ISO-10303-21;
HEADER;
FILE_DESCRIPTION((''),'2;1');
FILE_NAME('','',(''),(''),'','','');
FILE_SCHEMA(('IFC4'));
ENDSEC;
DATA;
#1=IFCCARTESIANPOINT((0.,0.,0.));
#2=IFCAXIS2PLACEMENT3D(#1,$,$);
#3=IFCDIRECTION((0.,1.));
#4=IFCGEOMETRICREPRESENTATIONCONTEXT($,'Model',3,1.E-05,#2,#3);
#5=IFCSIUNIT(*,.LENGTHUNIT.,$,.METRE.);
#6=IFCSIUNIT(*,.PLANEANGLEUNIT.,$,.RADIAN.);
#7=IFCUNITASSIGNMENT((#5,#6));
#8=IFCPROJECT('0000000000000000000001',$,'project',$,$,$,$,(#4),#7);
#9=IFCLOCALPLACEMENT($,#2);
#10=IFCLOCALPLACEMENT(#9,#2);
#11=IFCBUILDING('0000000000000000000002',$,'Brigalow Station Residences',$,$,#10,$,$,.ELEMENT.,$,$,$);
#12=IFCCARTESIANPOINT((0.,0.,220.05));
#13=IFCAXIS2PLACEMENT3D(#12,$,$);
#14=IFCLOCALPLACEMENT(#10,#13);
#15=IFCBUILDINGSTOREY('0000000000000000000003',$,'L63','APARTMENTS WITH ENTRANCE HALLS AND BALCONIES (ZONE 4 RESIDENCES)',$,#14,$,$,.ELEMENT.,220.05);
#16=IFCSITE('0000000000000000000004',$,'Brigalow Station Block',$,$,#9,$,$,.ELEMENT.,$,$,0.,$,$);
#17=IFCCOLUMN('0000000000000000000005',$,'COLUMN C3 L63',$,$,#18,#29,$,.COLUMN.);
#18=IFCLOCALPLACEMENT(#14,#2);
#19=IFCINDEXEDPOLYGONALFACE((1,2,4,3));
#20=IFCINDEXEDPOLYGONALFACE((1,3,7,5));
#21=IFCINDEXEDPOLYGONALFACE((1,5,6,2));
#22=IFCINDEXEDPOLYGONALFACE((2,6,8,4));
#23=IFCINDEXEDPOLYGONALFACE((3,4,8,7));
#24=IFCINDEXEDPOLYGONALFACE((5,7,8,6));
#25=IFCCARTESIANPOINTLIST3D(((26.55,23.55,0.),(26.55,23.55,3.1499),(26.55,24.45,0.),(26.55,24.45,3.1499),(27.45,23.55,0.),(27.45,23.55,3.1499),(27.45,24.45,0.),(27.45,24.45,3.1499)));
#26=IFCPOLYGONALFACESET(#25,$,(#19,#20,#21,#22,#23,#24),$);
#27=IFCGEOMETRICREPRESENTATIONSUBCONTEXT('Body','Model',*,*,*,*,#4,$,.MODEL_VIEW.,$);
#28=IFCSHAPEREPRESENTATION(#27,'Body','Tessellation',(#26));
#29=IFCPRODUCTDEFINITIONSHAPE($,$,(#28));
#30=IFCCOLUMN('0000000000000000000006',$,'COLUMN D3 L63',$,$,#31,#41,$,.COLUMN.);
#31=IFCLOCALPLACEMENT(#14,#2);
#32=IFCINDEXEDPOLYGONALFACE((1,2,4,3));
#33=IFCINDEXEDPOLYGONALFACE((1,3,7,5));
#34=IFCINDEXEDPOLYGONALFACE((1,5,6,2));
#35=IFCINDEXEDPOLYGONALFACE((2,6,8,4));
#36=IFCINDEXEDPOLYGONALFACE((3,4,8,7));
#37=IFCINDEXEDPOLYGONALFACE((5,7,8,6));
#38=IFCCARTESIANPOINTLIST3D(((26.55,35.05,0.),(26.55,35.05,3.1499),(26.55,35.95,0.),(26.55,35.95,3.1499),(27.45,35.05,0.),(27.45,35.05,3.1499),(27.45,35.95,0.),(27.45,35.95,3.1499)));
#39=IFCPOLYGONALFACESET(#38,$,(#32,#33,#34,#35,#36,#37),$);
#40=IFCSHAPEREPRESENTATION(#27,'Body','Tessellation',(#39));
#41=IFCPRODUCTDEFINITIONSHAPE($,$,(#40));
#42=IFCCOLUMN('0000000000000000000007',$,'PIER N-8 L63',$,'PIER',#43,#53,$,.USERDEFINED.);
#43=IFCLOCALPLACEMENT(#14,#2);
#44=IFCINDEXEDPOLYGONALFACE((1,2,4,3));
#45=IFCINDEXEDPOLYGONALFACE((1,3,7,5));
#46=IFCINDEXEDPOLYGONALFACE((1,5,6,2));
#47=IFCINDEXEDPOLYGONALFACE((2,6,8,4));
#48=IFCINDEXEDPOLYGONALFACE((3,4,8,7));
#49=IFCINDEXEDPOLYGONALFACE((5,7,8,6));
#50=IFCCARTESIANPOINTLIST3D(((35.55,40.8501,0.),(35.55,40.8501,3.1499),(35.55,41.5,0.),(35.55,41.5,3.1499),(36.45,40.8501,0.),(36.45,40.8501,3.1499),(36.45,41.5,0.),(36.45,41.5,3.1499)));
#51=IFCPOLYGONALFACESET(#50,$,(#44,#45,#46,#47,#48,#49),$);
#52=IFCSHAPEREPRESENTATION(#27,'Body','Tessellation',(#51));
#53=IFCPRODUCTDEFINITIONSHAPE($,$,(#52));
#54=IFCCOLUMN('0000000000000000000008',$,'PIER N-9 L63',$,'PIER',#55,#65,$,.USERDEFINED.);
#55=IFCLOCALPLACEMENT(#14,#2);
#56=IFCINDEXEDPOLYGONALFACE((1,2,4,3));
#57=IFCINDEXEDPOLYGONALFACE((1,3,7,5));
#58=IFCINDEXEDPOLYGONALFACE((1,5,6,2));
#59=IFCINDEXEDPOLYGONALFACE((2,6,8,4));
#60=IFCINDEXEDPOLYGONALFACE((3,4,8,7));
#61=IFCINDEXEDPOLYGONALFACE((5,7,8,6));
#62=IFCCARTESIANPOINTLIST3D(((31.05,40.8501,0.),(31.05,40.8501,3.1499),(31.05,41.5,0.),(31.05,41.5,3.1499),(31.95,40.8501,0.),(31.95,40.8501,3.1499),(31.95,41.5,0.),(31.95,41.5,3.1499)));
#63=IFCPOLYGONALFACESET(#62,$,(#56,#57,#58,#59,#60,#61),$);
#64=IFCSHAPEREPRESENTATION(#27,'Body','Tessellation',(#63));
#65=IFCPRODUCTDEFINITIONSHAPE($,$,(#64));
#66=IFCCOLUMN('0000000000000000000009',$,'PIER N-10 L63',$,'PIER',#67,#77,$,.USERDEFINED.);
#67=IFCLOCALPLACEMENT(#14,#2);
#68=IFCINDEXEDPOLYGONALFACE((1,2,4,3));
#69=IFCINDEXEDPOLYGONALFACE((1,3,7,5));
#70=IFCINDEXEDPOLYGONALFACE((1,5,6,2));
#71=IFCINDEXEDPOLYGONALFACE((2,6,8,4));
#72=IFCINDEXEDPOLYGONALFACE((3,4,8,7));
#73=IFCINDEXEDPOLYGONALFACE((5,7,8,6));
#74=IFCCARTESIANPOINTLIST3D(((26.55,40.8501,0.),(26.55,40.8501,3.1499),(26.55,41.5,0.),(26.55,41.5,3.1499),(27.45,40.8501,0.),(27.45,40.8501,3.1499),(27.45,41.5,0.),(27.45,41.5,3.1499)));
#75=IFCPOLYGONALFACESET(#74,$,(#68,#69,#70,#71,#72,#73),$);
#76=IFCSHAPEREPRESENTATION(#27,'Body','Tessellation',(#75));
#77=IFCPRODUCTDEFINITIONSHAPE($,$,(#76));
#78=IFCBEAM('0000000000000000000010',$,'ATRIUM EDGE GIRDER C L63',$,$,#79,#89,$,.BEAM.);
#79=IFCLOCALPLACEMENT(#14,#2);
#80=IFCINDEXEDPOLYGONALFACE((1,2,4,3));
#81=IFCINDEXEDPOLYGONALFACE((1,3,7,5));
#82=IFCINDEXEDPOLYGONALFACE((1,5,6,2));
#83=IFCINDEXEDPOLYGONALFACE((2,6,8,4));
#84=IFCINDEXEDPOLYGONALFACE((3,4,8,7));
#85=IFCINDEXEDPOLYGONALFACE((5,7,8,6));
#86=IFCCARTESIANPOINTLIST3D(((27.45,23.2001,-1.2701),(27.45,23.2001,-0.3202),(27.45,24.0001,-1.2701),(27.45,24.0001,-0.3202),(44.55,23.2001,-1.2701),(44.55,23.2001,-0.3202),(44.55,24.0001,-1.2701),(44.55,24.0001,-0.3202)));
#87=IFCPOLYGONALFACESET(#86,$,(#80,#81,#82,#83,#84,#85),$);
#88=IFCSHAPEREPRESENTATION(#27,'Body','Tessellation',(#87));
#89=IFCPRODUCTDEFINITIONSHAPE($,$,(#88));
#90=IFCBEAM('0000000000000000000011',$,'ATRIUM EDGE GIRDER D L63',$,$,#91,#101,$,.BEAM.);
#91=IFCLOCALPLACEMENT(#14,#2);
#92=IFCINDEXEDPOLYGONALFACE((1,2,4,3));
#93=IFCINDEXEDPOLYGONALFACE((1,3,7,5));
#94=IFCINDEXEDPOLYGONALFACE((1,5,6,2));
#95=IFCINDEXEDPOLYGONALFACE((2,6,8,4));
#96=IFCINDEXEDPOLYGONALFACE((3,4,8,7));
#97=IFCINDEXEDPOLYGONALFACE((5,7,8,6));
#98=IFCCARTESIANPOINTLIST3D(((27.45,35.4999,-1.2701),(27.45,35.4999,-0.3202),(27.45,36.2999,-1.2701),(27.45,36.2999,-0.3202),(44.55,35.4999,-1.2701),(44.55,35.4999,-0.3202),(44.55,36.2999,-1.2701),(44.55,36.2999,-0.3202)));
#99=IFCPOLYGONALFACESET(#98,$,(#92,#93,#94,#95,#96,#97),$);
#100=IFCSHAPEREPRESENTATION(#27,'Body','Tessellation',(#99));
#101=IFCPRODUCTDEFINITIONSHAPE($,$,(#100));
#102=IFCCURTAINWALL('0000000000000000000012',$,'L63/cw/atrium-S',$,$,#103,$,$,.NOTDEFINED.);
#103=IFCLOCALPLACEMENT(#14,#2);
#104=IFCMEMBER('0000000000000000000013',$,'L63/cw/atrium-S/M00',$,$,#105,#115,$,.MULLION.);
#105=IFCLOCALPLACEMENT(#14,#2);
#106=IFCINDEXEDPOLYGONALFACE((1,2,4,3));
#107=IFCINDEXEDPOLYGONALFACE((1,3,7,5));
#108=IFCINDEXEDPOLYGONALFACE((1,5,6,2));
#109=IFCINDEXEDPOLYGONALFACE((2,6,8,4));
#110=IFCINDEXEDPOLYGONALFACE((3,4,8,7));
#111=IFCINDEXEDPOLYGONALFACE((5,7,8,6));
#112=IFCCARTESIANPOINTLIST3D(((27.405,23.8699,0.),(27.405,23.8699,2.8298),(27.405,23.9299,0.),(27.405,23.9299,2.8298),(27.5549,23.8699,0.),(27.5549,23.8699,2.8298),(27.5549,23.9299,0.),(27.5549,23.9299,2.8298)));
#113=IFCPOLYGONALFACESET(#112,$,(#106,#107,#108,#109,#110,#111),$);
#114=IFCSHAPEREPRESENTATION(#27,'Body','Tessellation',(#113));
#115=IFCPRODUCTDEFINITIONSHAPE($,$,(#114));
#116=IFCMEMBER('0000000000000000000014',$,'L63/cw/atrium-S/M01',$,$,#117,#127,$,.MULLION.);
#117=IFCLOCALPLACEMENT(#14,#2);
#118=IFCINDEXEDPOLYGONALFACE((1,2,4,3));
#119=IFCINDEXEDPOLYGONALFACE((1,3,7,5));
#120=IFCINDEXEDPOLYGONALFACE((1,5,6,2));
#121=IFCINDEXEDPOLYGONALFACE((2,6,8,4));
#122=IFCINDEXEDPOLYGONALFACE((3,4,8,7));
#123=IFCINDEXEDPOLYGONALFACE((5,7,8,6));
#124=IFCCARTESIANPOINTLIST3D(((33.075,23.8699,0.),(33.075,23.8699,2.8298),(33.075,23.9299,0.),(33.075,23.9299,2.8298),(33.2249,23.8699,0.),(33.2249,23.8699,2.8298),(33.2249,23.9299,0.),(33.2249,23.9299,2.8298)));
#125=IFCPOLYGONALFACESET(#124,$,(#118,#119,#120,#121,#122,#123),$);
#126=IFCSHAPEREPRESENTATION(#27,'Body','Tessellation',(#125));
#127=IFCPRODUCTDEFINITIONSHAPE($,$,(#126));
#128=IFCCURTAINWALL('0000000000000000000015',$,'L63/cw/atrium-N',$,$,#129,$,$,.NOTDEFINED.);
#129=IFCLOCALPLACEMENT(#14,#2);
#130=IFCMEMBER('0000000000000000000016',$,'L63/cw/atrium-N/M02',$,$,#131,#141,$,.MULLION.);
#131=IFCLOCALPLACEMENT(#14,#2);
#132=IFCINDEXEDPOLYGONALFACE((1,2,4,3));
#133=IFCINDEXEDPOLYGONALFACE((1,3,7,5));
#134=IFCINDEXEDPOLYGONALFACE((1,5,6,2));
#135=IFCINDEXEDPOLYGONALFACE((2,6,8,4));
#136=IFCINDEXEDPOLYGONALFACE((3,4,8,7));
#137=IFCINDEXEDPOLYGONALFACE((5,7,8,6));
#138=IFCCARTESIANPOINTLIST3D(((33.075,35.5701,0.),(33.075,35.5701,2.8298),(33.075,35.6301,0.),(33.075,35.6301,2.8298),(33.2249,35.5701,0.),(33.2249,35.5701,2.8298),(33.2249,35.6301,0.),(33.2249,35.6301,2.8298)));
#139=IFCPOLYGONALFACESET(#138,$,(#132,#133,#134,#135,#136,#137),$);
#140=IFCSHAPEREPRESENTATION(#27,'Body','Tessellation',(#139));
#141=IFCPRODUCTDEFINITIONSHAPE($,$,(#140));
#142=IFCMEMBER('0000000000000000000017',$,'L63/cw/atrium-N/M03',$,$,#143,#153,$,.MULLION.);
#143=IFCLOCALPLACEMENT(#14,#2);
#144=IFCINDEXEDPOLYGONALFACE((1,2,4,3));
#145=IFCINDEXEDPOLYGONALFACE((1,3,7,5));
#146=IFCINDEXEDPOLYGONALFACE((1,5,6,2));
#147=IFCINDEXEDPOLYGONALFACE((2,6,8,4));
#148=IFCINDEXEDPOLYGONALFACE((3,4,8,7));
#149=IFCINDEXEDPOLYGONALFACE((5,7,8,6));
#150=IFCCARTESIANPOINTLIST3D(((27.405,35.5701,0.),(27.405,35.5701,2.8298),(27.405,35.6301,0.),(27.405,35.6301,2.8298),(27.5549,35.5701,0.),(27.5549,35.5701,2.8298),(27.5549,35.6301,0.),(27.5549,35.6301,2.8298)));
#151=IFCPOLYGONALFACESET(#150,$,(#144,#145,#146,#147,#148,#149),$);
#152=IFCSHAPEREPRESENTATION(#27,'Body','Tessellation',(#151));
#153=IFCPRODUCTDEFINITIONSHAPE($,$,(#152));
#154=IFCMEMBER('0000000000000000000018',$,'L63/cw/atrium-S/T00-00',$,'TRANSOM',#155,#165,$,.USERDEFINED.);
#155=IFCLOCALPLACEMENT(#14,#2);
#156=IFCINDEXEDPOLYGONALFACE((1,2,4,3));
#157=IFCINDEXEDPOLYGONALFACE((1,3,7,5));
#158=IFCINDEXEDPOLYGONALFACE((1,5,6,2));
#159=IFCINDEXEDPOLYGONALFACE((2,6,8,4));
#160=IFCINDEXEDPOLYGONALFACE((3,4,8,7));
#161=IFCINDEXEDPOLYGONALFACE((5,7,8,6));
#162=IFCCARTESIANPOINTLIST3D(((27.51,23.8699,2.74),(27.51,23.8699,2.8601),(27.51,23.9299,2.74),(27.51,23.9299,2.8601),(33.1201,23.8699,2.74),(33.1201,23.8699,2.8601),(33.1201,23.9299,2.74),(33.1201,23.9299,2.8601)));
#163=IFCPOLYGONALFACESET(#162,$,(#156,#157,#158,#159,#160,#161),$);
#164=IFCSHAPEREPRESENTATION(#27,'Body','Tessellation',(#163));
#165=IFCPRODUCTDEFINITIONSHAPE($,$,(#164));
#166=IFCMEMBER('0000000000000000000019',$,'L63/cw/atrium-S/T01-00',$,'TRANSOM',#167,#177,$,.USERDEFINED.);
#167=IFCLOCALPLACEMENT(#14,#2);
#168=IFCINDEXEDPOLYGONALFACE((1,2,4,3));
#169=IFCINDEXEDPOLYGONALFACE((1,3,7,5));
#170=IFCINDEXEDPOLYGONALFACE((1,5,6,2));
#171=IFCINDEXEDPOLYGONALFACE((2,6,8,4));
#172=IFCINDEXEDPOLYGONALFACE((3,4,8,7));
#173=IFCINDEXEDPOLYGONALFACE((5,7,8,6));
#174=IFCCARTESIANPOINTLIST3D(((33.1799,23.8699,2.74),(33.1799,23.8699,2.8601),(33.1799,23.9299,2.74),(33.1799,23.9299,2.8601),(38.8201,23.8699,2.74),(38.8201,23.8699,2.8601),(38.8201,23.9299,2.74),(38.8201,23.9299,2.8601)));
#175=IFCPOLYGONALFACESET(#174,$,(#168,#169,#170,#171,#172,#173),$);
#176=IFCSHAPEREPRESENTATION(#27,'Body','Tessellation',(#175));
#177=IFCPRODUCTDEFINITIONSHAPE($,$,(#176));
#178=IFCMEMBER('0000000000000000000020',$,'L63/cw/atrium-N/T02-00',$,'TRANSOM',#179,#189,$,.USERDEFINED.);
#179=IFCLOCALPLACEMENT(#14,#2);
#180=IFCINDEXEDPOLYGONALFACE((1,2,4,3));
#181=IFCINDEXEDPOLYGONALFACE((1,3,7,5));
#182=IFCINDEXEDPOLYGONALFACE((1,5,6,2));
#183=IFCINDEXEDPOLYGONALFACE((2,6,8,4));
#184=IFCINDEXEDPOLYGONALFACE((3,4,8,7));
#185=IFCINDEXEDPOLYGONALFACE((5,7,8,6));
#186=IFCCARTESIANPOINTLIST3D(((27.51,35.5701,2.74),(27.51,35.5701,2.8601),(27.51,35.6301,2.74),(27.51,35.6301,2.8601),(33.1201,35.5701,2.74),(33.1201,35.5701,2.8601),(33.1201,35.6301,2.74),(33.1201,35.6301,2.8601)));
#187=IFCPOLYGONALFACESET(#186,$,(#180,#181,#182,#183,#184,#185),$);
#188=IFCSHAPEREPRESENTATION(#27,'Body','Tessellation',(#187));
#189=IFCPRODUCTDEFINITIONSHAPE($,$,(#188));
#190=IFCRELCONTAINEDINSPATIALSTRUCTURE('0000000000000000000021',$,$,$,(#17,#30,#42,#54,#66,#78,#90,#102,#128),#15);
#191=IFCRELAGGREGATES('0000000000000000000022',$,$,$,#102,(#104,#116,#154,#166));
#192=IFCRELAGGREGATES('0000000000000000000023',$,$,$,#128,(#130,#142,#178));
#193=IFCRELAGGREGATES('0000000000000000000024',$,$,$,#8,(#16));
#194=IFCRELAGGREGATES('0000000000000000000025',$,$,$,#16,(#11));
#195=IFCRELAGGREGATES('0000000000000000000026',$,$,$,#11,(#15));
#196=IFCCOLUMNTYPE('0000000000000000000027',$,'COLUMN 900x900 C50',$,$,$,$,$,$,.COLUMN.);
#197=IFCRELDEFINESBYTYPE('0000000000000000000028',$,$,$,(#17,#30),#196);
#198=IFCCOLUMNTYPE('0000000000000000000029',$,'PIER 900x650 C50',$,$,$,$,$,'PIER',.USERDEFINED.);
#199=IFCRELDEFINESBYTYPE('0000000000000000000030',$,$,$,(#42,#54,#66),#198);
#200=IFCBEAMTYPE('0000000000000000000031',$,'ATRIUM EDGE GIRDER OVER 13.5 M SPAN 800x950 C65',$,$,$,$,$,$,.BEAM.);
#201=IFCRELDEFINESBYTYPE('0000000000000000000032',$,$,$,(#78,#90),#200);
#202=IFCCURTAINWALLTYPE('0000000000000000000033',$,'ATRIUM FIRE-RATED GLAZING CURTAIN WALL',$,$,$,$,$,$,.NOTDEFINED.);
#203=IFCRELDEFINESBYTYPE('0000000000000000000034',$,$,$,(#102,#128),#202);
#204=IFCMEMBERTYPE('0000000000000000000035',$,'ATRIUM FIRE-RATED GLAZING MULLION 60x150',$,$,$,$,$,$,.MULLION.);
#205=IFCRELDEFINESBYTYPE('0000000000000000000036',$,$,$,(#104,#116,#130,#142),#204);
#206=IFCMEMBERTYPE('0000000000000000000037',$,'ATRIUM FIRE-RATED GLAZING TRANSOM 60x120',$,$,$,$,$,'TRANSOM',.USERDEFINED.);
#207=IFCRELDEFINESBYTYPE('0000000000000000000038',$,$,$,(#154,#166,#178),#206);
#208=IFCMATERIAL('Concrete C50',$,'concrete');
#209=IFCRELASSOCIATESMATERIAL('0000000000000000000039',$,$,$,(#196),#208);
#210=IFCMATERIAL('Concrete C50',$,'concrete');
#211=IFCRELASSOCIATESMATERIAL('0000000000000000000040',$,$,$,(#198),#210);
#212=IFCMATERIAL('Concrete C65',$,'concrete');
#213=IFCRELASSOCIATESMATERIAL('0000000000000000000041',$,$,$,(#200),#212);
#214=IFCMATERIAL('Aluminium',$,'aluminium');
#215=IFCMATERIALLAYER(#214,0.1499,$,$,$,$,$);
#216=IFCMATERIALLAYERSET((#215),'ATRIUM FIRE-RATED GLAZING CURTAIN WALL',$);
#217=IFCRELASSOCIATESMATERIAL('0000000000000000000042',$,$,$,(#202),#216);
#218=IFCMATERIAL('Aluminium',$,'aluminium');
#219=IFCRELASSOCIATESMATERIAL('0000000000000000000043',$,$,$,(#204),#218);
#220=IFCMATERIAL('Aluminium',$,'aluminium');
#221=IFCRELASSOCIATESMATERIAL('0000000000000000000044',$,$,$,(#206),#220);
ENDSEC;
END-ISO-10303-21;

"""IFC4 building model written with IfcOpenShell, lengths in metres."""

from ifc_helpers import new_model, si_unit, direction, frame, origin, origin_2d, place, context, subcontext, project, spatial, rectangle, extrude, material, layer, layer_set, material_profile, profile_set, type_object, element, aggregate, save


model = new_model("IFC4")

# Units and contexts
model_context = context("Model", 3, precision=1e-05, world=origin(), true_north=direction((0.0, 1.0)))
body_context = subcontext(model_context, "Body", "Model", "MODEL_VIEW")
ifc_project = project(units=[si_unit("LENGTHUNIT", "METRE"), si_unit("PLANEANGLEUNIT", "RADIAN")], contexts=[model_context])

# Site, building, storey
site_placement = place(None, origin())
site = spatial("IfcSite", under=ifc_project, at=site_placement, Name="Brigalow Station Block", CompositionType="ELEMENT", RefElevation=0.0)
building_placement = place(site_placement, origin())
building = spatial("IfcBuilding", under=site, at=building_placement, Name="Brigalow Station Residences", CompositionType="ELEMENT")
storey_placement = place(building_placement, frame((0.0, 0.0, 220.05)))
storey = spatial("IfcBuildingStorey", under=building, at=storey_placement, Name="L63", Description="APARTMENTS WITH ENTRANCE HALLS AND BALCONIES (ZONE 4 RESIDENCES)", CompositionType="ELEMENT", Elevation=220.05)

# Columns
ifc_material_1 = material(Name="Concrete C50", Category="concrete")
ifc_material_profile_1 = material_profile(ifc_material_1, rectangle(XDim=0.8999, YDim=0.8999, at=origin_2d()), Name="RC900x900")
ifc_profile_set_1 = profile_set([ifc_material_profile_1], Name="Concrete C50")
column_type_1 = type_object("IfcColumnType", Name="COLUMN 900x900 C50", PredefinedType="COLUMN", material=ifc_profile_set_1)
for number, where, z_axis, x_axis, name in (
    (1, (27.0, 24.0, 0.0), (0.0, 0.0, 1.0), (1.0, 0.0, 0.0), "COLUMN C3 L63"),
    (2, (27.0, 35.5, 0.0), (0.0, 0.0, 1.0), (1.0, 0.0, 0.0), "COLUMN D3 L63"),
):
    element("IfcColumn", number, at=place(storey_placement, frame(where, z_axis=z_axis, x_axis=x_axis)), inside=storey, type_object=column_type_1, Name=name, PredefinedType="COLUMN", context=body_context, shape_type="SweptSolid", body=[
        extrude(rectangle(XDim=0.8999, YDim=0.8999, at=origin_2d()), origin(), (0.0, 0.0, 1.0), 3.1499),
    ])
ifc_material_2 = material(Name="Concrete C50", Category="concrete")
ifc_material_profile_2 = material_profile(ifc_material_2, rectangle(XDim=0.8999, YDim=0.6499, at=origin_2d()), Name="RC900x650")
ifc_profile_set_2 = profile_set([ifc_material_profile_2], Name="Concrete C50")
column_type_2 = type_object("IfcColumnType", Name="PIER 900x650 C50", ElementType="PIER", PredefinedType="USERDEFINED", material=ifc_profile_set_2)
for number, where, z_axis, x_axis, name in (
    (3, (36.0, 41.175, 0.0), (0.0, 0.0, 1.0), (-1.0, 0.0, 0.0), "PIER N-8 L63"),
    (4, (31.5, 41.175, 0.0), (0.0, 0.0, 1.0), (-1.0, 0.0, 0.0), "PIER N-9 L63"),
    (5, (27.0, 41.175, 0.0), (0.0, 0.0, 1.0), (-1.0, 0.0, 0.0), "PIER N-10 L63"),
):
    element("IfcColumn", number, at=place(storey_placement, frame(where, z_axis=z_axis, x_axis=x_axis)), inside=storey, type_object=column_type_2, Name=name, ObjectType="PIER", PredefinedType="USERDEFINED", context=body_context, shape_type="SweptSolid", body=[
        extrude(rectangle(XDim=0.8999, YDim=0.6499, at=origin_2d()), origin(), (0.0, 0.0, 1.0), 3.1499),
    ])

# Beams
ifc_material_3 = material(Name="Concrete C65", Category="concrete")
ifc_material_profile_3 = material_profile(ifc_material_3, rectangle(XDim=0.8, YDim=0.95, at=origin_2d()), Name="RC800x950")
ifc_profile_set_3 = profile_set([ifc_material_profile_3], Name="Concrete C65")
beam_type = type_object("IfcBeamType", Name="ATRIUM EDGE GIRDER OVER 13.5 M SPAN 800x950 C65", PredefinedType="BEAM", material=ifc_profile_set_3)
for number, where, z_axis, x_axis, name in (
    (6, (27.45, 23.6001, -0.7952), (1.0, 0.0, 0.0), (0.0, 1.0, 0.0), "ATRIUM EDGE GIRDER C L63"),
    (7, (27.45, 35.8999, -0.7952), (1.0, 0.0, 0.0), (0.0, 1.0, 0.0), "ATRIUM EDGE GIRDER D L63"),
):
    element("IfcBeam", number, at=place(storey_placement, frame(where, z_axis=z_axis, x_axis=x_axis)), inside=storey, type_object=beam_type, Name=name, PredefinedType="BEAM", context=body_context, shape_type="SweptSolid", body=[
        extrude(rectangle(XDim=0.8, YDim=0.95, at=origin_2d()), origin(), (0.0, 0.0, 1.0), 17.1001),
    ])

# Curtain walls, members
ifc_material_4 = material(Name="Aluminium", Category="aluminium")
ifc_layer_1 = layer(ifc_material_4, 0.1499)
ifc_layer_set_1 = layer_set([ifc_layer_1], Name="ATRIUM FIRE-RATED GLAZING CURTAIN WALL")
curtain_wall_type = type_object("IfcCurtainWallType", Name="ATRIUM FIRE-RATED GLAZING CURTAIN WALL", PredefinedType="NOTDEFINED", material=ifc_layer_set_1)
curtain_wall_1_placement = place(storey_placement, origin())
curtain_wall_1 = element("IfcCurtainWall", 8, at=curtain_wall_1_placement, inside=storey, type_object=curtain_wall_type, Name="L63/cw/atrium-S", PredefinedType="NOTDEFINED")
ifc_material_5 = material(Name="Aluminium", Category="aluminium")
ifc_material_profile_4 = material_profile(ifc_material_5, rectangle(XDim=0.0601, YDim=0.1499, at=origin_2d()), Name="ATRIUM FIRE-RATED GLAZING MULLION 60x150")
ifc_profile_set_4 = profile_set([ifc_material_profile_4], Name="Aluminium")
member_type_1 = type_object("IfcMemberType", Name="ATRIUM FIRE-RATED GLAZING MULLION 60x150", PredefinedType="MULLION", material=ifc_profile_set_4)
member_1_placement = place(storey_placement, frame((27.48, 23.8999, 0.0), z_axis=(0.0, 0.0, 1.0), x_axis=(0.0, 1.0, 0.0)))
member_1 = element("IfcMember", 9, at=member_1_placement, type_object=member_type_1, Name="L63/cw/atrium-S/M00", PredefinedType="MULLION", context=body_context, shape_type="SweptSolid", body=[
    extrude(rectangle(XDim=0.0601, YDim=0.1499, at=origin_2d()), origin(), (0.0, 0.0, 1.0), 2.8298),
])
member_2_placement = place(storey_placement, frame((33.1499, 23.8999, 0.0), z_axis=(0.0, 0.0, 1.0), x_axis=(0.0, 1.0, 0.0)))
member_2 = element("IfcMember", 10, at=member_2_placement, type_object=member_type_1, Name="L63/cw/atrium-S/M01", PredefinedType="MULLION", context=body_context, shape_type="SweptSolid", body=[
    extrude(rectangle(XDim=0.0601, YDim=0.1499, at=origin_2d()), origin(), (0.0, 0.0, 1.0), 2.8298),
])
curtain_wall_2_placement = place(storey_placement, origin())
curtain_wall_2 = element("IfcCurtainWall", 11, at=curtain_wall_2_placement, inside=storey, type_object=curtain_wall_type, Name="L63/cw/atrium-N", PredefinedType="NOTDEFINED")
member_3_placement = place(storey_placement, frame((33.1499, 35.6001, 0.0), z_axis=(0.0, 0.0, 1.0), x_axis=(0.0, -1.0, 0.0)))
member_3 = element("IfcMember", 12, at=member_3_placement, type_object=member_type_1, Name="L63/cw/atrium-N/M02", PredefinedType="MULLION", context=body_context, shape_type="SweptSolid", body=[
    extrude(rectangle(XDim=0.0601, YDim=0.1499, at=origin_2d()), origin(), (0.0, 0.0, 1.0), 2.8298),
])
member_4_placement = place(storey_placement, frame((27.48, 35.6001, 0.0), z_axis=(0.0, 0.0, 1.0), x_axis=(0.0, -1.0, 0.0)))
member_4 = element("IfcMember", 13, at=member_4_placement, type_object=member_type_1, Name="L63/cw/atrium-N/M03", PredefinedType="MULLION", context=body_context, shape_type="SweptSolid", body=[
    extrude(rectangle(XDim=0.0601, YDim=0.1499, at=origin_2d()), origin(), (0.0, 0.0, 1.0), 2.8298),
])

# Members
ifc_material_6 = material(Name="Aluminium", Category="aluminium")
ifc_material_profile_5 = material_profile(ifc_material_6, rectangle(XDim=0.0601, YDim=0.1201, at=origin_2d()), Name="ATRIUM FIRE-RATED GLAZING TRANSOM 60x120")
ifc_profile_set_5 = profile_set([ifc_material_profile_5], Name="Aluminium")
member_type_2 = type_object("IfcMemberType", Name="ATRIUM FIRE-RATED GLAZING TRANSOM 60x120", ElementType="TRANSOM", PredefinedType="USERDEFINED", material=ifc_profile_set_5)
member_5_placement = place(storey_placement, frame((27.51, 23.8999, 2.8), z_axis=(1.0, 0.0, 0.0), x_axis=(0.0, 1.0, 0.0)))
member_5 = element("IfcMember", 14, at=member_5_placement, type_object=member_type_2, Name="L63/cw/atrium-S/T00-00", ObjectType="TRANSOM", PredefinedType="USERDEFINED", context=body_context, shape_type="SweptSolid", body=[
    extrude(rectangle(XDim=0.0601, YDim=0.1201, at=origin_2d()), origin(), (0.0, 0.0, 1.0), 5.6101),
])
member_6_placement = place(storey_placement, frame((33.1799, 23.8999, 2.8), z_axis=(1.0, 0.0, 0.0), x_axis=(0.0, 1.0, 0.0)))
member_6 = element("IfcMember", 15, at=member_6_placement, type_object=member_type_2, Name="L63/cw/atrium-S/T01-00", ObjectType="TRANSOM", PredefinedType="USERDEFINED", context=body_context, shape_type="SweptSolid", body=[
    extrude(rectangle(XDim=0.0601, YDim=0.1201, at=origin_2d()), origin(), (0.0, 0.0, 1.0), 5.6401),
])
member_7_placement = place(storey_placement, frame((33.1201, 35.6001, 2.8), z_axis=(-1.0, 0.0, 0.0), x_axis=(0.0, -1.0, 0.0)))
member_7 = element("IfcMember", 16, at=member_7_placement, type_object=member_type_2, Name="L63/cw/atrium-N/T02-00", ObjectType="TRANSOM", PredefinedType="USERDEFINED", context=body_context, shape_type="SweptSolid", body=[
    extrude(rectangle(XDim=0.0601, YDim=0.1201, at=origin_2d()), origin(), (0.0, 0.0, 1.0), 5.6101),
])

aggregate(curtain_wall_1, [member_1, member_2, member_5, member_6])
aggregate(curtain_wall_2, [member_3, member_4, member_7])

save(model, "model.ifc")
